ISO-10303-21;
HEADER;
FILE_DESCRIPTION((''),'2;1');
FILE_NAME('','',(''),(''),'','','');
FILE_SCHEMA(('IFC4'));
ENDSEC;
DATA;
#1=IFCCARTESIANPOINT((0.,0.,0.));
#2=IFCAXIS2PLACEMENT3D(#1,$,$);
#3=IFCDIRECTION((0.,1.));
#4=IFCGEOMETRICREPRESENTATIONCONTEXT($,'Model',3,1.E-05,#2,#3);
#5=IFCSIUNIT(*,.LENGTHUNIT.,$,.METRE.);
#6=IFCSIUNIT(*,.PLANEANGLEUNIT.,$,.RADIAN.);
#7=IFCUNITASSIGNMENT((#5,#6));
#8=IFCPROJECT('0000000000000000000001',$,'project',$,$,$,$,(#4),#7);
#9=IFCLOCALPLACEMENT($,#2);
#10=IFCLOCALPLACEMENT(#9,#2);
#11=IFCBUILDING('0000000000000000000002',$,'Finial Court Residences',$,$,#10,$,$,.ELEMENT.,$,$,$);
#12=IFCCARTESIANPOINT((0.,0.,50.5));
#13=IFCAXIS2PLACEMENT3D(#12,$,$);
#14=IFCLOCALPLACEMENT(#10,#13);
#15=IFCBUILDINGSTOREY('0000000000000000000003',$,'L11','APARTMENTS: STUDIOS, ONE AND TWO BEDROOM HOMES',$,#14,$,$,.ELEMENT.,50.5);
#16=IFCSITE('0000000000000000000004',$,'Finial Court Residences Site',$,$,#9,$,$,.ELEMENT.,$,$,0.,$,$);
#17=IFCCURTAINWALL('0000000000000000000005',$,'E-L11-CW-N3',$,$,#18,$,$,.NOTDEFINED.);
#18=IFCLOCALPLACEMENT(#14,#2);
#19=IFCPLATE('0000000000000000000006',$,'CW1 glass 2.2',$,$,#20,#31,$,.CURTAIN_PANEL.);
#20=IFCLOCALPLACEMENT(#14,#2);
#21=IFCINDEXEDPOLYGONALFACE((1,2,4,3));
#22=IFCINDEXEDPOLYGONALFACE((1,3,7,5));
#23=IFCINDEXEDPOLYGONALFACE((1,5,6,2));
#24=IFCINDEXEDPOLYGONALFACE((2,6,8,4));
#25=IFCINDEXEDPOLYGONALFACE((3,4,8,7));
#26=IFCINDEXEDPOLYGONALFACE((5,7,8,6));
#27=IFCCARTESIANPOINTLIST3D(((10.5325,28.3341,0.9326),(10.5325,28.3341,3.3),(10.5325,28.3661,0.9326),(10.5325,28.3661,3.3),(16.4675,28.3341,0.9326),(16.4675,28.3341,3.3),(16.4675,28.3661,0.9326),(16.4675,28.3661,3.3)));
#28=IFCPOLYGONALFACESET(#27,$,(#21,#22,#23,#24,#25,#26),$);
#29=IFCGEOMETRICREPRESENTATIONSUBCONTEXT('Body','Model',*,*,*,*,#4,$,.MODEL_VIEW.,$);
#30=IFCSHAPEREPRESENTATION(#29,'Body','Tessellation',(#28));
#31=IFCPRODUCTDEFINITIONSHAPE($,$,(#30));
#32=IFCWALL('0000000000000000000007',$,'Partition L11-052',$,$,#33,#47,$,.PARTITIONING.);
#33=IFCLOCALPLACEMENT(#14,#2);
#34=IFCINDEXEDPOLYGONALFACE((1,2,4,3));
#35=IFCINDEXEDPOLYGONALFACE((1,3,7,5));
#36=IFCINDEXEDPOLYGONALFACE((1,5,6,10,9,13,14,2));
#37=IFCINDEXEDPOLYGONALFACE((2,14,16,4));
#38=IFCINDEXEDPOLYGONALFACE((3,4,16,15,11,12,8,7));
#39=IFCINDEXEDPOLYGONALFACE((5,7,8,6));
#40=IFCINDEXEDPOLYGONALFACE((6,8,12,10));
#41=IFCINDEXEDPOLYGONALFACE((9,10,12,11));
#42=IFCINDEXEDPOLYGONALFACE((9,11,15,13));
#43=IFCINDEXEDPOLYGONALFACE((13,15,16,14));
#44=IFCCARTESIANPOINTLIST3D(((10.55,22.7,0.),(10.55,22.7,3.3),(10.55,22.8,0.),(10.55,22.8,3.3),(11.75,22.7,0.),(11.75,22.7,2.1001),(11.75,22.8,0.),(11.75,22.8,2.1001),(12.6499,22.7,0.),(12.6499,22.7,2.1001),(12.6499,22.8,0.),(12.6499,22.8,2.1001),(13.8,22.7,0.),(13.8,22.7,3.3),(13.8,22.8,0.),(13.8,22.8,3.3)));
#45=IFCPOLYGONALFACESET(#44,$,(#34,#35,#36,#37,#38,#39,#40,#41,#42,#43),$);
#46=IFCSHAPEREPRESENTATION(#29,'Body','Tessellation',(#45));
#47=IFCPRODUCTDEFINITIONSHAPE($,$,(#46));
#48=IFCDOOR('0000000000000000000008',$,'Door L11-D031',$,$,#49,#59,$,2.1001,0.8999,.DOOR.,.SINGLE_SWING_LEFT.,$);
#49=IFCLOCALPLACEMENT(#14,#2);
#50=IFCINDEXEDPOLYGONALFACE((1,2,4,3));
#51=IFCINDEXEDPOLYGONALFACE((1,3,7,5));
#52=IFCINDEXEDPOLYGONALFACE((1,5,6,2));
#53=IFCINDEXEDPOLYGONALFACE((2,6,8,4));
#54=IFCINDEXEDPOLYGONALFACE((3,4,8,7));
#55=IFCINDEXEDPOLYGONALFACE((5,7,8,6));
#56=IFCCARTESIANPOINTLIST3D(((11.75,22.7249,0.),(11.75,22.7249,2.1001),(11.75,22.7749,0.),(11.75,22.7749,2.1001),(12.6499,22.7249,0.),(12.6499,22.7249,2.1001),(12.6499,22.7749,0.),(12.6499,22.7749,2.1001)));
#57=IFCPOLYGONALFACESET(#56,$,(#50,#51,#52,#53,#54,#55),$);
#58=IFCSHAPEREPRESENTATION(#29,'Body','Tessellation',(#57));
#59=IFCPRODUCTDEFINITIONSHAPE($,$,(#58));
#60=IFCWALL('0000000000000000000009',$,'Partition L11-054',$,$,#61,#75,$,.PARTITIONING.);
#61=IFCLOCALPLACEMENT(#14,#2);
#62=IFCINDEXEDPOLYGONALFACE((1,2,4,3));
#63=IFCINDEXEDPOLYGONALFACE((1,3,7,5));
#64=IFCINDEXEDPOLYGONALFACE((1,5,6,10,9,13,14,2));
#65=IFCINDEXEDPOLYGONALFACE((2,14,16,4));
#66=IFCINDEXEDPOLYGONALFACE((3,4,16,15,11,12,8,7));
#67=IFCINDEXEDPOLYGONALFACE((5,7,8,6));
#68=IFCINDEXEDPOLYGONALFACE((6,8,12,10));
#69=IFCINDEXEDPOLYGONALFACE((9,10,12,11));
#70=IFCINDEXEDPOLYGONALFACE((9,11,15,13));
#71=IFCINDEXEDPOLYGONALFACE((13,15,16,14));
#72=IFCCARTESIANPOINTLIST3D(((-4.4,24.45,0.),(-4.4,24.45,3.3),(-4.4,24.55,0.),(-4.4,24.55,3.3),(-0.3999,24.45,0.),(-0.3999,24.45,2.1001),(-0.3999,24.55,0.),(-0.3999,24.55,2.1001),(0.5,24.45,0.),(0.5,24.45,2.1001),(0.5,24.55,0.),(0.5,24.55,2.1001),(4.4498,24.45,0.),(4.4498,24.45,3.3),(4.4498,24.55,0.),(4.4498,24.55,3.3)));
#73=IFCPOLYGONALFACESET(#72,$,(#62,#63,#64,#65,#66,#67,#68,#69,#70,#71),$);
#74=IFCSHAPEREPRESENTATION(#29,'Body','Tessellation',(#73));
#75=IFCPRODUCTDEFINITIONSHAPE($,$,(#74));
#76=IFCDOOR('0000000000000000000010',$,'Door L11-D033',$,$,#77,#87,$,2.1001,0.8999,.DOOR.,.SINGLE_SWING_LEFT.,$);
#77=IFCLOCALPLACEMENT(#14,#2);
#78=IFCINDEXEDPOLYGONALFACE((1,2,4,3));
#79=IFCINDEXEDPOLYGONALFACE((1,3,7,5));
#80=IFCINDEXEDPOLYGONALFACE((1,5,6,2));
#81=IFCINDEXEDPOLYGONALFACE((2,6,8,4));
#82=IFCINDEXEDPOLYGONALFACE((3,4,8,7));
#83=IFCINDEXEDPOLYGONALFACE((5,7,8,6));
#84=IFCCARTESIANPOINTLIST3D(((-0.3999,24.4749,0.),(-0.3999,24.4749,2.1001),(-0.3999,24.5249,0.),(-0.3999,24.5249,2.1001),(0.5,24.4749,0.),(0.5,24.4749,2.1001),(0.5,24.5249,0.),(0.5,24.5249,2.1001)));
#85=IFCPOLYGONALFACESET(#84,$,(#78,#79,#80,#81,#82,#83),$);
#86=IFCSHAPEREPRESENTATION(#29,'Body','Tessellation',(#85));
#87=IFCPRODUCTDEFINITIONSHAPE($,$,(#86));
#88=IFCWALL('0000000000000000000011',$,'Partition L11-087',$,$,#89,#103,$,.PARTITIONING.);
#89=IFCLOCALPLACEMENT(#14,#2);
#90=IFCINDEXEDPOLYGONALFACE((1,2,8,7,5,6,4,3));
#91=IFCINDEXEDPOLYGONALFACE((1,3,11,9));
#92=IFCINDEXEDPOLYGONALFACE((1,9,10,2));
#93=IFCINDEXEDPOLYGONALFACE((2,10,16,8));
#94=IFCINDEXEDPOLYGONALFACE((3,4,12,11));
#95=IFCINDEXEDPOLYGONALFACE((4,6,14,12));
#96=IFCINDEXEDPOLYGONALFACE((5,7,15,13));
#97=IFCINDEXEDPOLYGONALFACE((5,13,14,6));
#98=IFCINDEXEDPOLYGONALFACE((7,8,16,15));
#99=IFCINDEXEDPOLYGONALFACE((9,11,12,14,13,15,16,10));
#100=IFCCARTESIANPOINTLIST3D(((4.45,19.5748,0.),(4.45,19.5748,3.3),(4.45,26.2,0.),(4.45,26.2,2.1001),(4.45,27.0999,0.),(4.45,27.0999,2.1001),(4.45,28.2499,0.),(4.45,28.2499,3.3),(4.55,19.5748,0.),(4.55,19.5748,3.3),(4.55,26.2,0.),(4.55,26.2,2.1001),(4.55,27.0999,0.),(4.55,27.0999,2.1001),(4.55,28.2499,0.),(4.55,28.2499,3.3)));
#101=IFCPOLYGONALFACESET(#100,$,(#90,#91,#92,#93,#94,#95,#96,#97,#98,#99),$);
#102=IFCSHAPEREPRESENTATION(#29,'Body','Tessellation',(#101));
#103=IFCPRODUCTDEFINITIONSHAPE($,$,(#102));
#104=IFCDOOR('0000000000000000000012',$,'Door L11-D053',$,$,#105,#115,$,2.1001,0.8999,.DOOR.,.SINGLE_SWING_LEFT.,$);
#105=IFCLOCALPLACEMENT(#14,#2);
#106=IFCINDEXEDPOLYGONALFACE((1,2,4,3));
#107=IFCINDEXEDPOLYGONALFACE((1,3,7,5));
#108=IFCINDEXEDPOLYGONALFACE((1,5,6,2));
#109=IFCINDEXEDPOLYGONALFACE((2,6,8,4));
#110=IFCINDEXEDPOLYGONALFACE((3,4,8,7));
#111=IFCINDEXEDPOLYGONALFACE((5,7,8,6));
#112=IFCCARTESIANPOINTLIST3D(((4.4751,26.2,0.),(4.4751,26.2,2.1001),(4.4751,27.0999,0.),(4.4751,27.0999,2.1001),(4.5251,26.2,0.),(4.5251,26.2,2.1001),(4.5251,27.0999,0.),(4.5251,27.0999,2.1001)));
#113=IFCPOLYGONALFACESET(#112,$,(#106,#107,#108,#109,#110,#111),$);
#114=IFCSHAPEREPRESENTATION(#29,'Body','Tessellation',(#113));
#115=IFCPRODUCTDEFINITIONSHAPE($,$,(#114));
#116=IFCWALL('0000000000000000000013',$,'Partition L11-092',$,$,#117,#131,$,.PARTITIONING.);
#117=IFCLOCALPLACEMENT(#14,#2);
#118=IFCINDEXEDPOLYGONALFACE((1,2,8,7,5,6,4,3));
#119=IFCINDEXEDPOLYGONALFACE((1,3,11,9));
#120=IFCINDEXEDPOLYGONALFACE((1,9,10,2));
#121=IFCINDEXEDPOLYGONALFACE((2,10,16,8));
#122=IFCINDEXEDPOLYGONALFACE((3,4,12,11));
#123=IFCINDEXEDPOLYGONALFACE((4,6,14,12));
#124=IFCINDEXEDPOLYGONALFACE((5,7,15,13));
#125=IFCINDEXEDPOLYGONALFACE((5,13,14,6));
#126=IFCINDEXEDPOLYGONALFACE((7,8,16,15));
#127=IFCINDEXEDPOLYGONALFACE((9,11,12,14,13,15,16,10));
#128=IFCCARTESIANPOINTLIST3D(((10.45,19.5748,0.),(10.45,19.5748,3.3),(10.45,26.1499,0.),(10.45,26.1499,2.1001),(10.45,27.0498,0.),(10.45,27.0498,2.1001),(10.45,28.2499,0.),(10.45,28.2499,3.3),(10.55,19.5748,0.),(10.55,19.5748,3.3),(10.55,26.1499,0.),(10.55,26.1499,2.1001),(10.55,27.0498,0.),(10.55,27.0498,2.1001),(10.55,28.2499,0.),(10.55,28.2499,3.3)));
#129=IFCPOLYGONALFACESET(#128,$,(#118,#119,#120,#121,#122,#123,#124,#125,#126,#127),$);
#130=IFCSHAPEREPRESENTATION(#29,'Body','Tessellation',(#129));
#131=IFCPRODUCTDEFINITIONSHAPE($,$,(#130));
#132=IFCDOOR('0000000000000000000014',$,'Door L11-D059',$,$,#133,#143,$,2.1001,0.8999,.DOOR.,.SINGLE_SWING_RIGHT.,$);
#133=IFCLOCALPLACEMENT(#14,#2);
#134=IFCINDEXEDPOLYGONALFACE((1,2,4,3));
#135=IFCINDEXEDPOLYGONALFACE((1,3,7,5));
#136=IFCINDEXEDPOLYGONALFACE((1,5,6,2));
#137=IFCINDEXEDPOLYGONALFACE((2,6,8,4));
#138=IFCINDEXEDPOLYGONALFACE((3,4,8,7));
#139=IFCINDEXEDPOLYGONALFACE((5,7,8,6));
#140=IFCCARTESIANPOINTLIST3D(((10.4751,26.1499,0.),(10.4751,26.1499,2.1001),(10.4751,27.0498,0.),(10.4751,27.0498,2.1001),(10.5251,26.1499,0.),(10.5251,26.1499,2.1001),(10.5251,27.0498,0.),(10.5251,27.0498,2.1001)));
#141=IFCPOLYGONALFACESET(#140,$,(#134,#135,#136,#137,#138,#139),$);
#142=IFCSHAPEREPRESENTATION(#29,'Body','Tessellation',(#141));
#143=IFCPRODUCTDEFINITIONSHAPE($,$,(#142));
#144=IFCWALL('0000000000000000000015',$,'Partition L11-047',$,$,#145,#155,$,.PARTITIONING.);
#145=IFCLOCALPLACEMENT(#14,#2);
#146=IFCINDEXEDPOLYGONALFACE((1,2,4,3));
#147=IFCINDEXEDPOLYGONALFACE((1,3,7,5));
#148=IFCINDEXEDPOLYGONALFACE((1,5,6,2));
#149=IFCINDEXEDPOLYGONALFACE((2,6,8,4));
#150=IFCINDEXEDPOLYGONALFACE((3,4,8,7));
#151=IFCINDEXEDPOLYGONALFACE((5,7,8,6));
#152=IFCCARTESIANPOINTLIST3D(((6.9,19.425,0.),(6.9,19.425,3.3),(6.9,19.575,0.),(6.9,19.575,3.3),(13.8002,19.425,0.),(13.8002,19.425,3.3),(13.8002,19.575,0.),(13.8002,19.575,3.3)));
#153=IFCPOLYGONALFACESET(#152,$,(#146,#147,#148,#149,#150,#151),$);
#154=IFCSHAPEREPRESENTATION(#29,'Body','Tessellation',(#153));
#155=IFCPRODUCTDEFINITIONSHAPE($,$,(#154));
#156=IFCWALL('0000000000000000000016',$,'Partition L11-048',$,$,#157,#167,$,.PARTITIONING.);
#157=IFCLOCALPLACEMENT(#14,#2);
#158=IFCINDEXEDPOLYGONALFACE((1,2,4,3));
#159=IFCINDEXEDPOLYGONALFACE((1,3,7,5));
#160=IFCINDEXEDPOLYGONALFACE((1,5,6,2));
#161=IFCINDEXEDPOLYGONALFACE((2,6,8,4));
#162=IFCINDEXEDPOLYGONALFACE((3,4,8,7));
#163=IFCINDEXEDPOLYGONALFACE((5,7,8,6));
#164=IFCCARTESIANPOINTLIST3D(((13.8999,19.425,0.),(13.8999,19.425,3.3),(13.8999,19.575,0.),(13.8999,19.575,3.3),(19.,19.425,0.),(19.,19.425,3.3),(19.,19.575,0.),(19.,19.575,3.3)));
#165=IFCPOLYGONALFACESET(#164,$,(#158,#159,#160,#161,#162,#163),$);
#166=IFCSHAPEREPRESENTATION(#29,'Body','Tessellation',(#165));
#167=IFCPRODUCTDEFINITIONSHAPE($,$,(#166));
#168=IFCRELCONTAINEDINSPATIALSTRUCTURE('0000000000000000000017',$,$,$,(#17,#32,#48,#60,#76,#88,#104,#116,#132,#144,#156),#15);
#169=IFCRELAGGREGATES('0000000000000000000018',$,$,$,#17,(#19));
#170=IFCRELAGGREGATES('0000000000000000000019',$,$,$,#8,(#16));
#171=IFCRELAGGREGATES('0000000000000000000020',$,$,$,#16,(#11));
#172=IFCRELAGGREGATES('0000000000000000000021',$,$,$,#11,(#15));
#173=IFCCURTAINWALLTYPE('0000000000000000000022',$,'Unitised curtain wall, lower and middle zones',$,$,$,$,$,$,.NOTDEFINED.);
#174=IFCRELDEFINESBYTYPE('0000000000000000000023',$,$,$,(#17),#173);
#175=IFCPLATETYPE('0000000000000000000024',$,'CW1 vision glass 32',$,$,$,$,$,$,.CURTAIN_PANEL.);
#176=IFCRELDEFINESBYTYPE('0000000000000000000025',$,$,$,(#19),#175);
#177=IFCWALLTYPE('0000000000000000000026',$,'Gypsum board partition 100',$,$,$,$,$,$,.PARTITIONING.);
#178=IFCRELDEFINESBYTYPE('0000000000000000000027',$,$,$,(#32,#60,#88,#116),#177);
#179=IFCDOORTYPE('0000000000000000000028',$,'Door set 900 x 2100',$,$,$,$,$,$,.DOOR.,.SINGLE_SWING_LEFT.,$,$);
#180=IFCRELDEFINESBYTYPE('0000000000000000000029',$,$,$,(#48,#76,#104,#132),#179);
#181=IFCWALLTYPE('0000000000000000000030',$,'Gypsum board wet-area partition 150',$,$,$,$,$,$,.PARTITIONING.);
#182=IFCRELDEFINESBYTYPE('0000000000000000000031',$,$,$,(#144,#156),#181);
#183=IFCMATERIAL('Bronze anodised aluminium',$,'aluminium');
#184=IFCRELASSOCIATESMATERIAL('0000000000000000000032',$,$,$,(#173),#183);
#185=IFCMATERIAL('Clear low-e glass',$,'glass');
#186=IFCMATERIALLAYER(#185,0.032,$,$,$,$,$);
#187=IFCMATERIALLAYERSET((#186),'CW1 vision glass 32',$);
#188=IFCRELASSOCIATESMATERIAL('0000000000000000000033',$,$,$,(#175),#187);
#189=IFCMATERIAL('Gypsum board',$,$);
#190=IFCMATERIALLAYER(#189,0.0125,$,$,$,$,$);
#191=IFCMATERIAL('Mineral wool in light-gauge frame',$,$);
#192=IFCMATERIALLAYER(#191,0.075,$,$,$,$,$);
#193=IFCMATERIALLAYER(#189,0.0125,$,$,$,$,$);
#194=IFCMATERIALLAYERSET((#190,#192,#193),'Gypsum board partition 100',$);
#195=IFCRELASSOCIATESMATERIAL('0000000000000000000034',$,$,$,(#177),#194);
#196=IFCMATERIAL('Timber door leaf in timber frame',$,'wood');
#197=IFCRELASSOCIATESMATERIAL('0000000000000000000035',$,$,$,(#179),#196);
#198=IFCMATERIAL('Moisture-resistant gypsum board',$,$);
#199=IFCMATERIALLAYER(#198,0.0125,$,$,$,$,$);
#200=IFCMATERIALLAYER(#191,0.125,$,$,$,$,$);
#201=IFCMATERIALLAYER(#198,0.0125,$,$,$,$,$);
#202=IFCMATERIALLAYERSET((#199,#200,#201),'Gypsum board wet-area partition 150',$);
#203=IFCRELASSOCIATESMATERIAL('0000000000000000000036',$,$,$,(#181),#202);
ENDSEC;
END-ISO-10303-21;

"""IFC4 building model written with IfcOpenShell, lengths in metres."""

from ifc_helpers import new_model, si_unit, direction, frame, frame_2d, origin, origin_2d, place, context, subcontext, project, spatial, rectangle, extrude, material, layer, layer_set, type_object, element, fill, aggregate, save


model = new_model("IFC4")

# Units and contexts
model_context = context("Model", 3, precision=1e-05, world=origin(), true_north=direction((0.0, 1.0)))
body_context = subcontext(model_context, "Body", "Model", "MODEL_VIEW")
ifc_project = project(units=[si_unit("LENGTHUNIT", "METRE"), si_unit("PLANEANGLEUNIT", "RADIAN")], contexts=[model_context])

# Site, building, storey
site_placement = place(None, origin())
site = spatial("IfcSite", under=ifc_project, at=site_placement, Name="Finial Court Residences Site", CompositionType="ELEMENT", RefElevation=0.0)
building_placement = place(site_placement, origin())
building = spatial("IfcBuilding", under=site, at=building_placement, Name="Finial Court Residences", CompositionType="ELEMENT")
storey_placement = place(building_placement, frame((0.0, 0.0, 50.5)))
storey = spatial("IfcBuildingStorey", under=building, at=storey_placement, Name="L11", Description="APARTMENTS: STUDIOS, ONE AND TWO BEDROOM HOMES", CompositionType="ELEMENT", Elevation=50.5)

# Shared definitions
ifc_material_1 = material(Name="Bronze anodised aluminium", Category="aluminium")
curtain_wall_type = type_object("IfcCurtainWallType", Name="Unitised curtain wall, lower and middle zones", PredefinedType="NOTDEFINED", material=ifc_material_1)

# Curtain wall
curtain_wall_1_placement = place(storey_placement, origin())
curtain_wall_1 = element("IfcCurtainWall", 1, at=curtain_wall_1_placement, inside=storey, type_object=curtain_wall_type, Name="E-L11-CW-N3", PredefinedType="NOTDEFINED")

# Plate
ifc_material_2 = material(Name="Clear low-e glass", Category="glass")
ifc_layer_1 = layer(ifc_material_2, 0.032)
ifc_layer_set_1 = layer_set([ifc_layer_1], Name="CW1 vision glass 32")
plate_type_1 = type_object("IfcPlateType", Name="CW1 vision glass 32", PredefinedType="CURTAIN_PANEL", material=ifc_layer_set_1)
plate_1_placement = place(storey_placement, frame((13.5, 28.3501, 0.9326), z_axis=(0.0, 0.0, 1.0), x_axis=(1.0, 0.0, 0.0)))
plate_1 = element("IfcPlate", 2, at=plate_1_placement, type_object=plate_type_1, Name="CW1 glass 2.2", PredefinedType="CURTAIN_PANEL", context=body_context, shape_type="SweptSolid", body=[
    extrude(rectangle(XDim=5.9351, YDim=0.032, at=origin_2d()), origin(), (0.0, 0.0, 1.0), 2.3674),
])
aggregate(curtain_wall_1, [plate_1])

# Walls, openings, doors
ifc_material_3 = material(Name="Gypsum board")
ifc_layer_2 = layer(ifc_material_3, 0.0125)
ifc_material_4 = material(Name="Mineral wool in light-gauge frame")
ifc_layer_3 = layer(ifc_material_4, 0.075)
ifc_layer_4 = layer(ifc_material_3, 0.0125)
ifc_layer_set_2 = layer_set([ifc_layer_2, ifc_layer_3, ifc_layer_4], Name="Gypsum board partition 100")
wall_type_1 = type_object("IfcWallType", Name="Gypsum board partition 100", PredefinedType="PARTITIONING", material=ifc_layer_set_2)
wall_1_placement = place(storey_placement, frame((10.55, 22.75, 0.0), z_axis=(0.0, 0.0, 1.0), x_axis=(1.0, 0.0, 0.0)))
wall_1 = element("IfcWall", 3, at=wall_1_placement, inside=storey, type_object=wall_type_1, Name="Partition L11-052", PredefinedType="PARTITIONING", context=body_context, shape_type="SweptSolid", body=[
    extrude(rectangle(XDim=3.25, YDim=0.1001, at=frame_2d((1.625, 0.0))), origin(), (0.0, 0.0, 1.0), 3.3),
])
opening_1_placement = place(wall_1_placement, frame((1.2, 0.0, 0.0)))
opening_1 = element("IfcOpeningElement", 4, at=opening_1_placement, cuts=wall_1, PredefinedType="OPENING", context=body_context, shape_type="SweptSolid", body=[
    extrude(rectangle(XDim=0.8999, YDim=2.1001, at=frame_2d((0.45, 1.05))), frame((0.0, 0.0601, 0.0), z_axis=(0.0, -1.0, 0.0), x_axis=(1.0, 0.0, 0.0)), (0.0, 0.0, 1.0), 0.1201),
])
ifc_material_5 = material(Name="Timber door leaf in timber frame", Category="wood")
door_type = type_object("IfcDoorType", Name="Door set 900 x 2100", OperationType="SINGLE_SWING_LEFT", PredefinedType="DOOR", material=ifc_material_5)
door_1_placement = place(opening_1_placement, origin())
door_1 = element("IfcDoor", 5, at=door_1_placement, inside=storey, type_object=door_type, Name="Door L11-D031", OperationType="SINGLE_SWING_LEFT", OverallHeight=2.1001, OverallWidth=0.8999, PredefinedType="DOOR", context=body_context, shape_type="SweptSolid", body=[
    extrude(rectangle(XDim=0.8999, YDim=2.1001, at=frame_2d((0.45, 1.05))), frame((0.0, 0.0249, 0.0), z_axis=(0.0, -1.0, 0.0), x_axis=(1.0, 0.0, 0.0)), (0.0, 0.0, 1.0), 0.05),
])
fill(opening_1, door_1)
wall_2_placement = place(storey_placement, frame((-4.3999, 24.5, 0.0), z_axis=(0.0, 0.0, 1.0), x_axis=(1.0, 0.0, 0.0)))
wall_2 = element("IfcWall", 6, at=wall_2_placement, inside=storey, type_object=wall_type_1, Name="Partition L11-054", PredefinedType="PARTITIONING", context=body_context, shape_type="SweptSolid", body=[
    extrude(rectangle(XDim=8.8499, YDim=0.1001, at=frame_2d((4.4248, 0.0))), origin(), (0.0, 0.0, 1.0), 3.3),
])
opening_2_placement = place(wall_2_placement, frame((4.0, 0.0, 0.0)))
opening_2 = element("IfcOpeningElement", 7, at=opening_2_placement, cuts=wall_2, PredefinedType="OPENING", context=body_context, shape_type="SweptSolid", body=[
    extrude(rectangle(XDim=0.8999, YDim=2.1001, at=frame_2d((0.45, 1.05))), frame((0.0, 0.0601, 0.0), z_axis=(0.0, -1.0, 0.0), x_axis=(1.0, 0.0, 0.0)), (0.0, 0.0, 1.0), 0.1201),
])
door_2_placement = place(opening_2_placement, origin())
door_2 = element("IfcDoor", 8, at=door_2_placement, inside=storey, type_object=door_type, Name="Door L11-D033", OperationType="SINGLE_SWING_LEFT", OverallHeight=2.1001, OverallWidth=0.8999, PredefinedType="DOOR", context=body_context, shape_type="SweptSolid", body=[
    extrude(rectangle(XDim=0.8999, YDim=2.1001, at=frame_2d((0.45, 1.05))), frame((0.0, 0.0249, 0.0), z_axis=(0.0, -1.0, 0.0), x_axis=(1.0, 0.0, 0.0)), (0.0, 0.0, 1.0), 0.05),
])
fill(opening_2, door_2)
wall_3_placement = place(storey_placement, frame((4.5, 19.575, 0.0), z_axis=(0.0, 0.0, 1.0), x_axis=(0.0, 1.0, 0.0)))
wall_3 = element("IfcWall", 9, at=wall_3_placement, inside=storey, type_object=wall_type_1, Name="Partition L11-087", PredefinedType="PARTITIONING", context=body_context, shape_type="SweptSolid", body=[
    extrude(rectangle(XDim=8.675, YDim=0.1001, at=frame_2d((4.3374, 0.0))), origin(), (0.0, 0.0, 1.0), 3.3),
])
opening_3_placement = place(wall_3_placement, frame((6.625, 0.0, 0.0)))
opening_3 = element("IfcOpeningElement", 10, at=opening_3_placement, cuts=wall_3, PredefinedType="OPENING", context=body_context, shape_type="SweptSolid", body=[
    extrude(rectangle(XDim=0.8999, YDim=2.1001, at=frame_2d((0.45, 1.05))), frame((0.0, 0.0601, 0.0), z_axis=(0.0, -1.0, 0.0), x_axis=(1.0, 0.0, 0.0)), (0.0, 0.0, 1.0), 0.1201),
])
door_3_placement = place(opening_3_placement, origin())
door_3 = element("IfcDoor", 11, at=door_3_placement, inside=storey, type_object=door_type, Name="Door L11-D053", OperationType="SINGLE_SWING_LEFT", OverallHeight=2.1001, OverallWidth=0.8999, PredefinedType="DOOR", context=body_context, shape_type="SweptSolid", body=[
    extrude(rectangle(XDim=0.8999, YDim=2.1001, at=frame_2d((0.45, 1.05))), frame((0.0, 0.0249, 0.0), z_axis=(0.0, -1.0, 0.0), x_axis=(1.0, 0.0, 0.0)), (0.0, 0.0, 1.0), 0.05),
])
fill(opening_3, door_3)
wall_4_placement = place(storey_placement, frame((10.5, 19.575, 0.0), z_axis=(0.0, 0.0, 1.0), x_axis=(0.0, 1.0, 0.0)))
wall_4 = element("IfcWall", 12, at=wall_4_placement, inside=storey, type_object=wall_type_1, Name="Partition L11-092", PredefinedType="PARTITIONING", context=body_context, shape_type="SweptSolid", body=[
    extrude(rectangle(XDim=8.675, YDim=0.1001, at=frame_2d((4.3374, 0.0))), origin(), (0.0, 0.0, 1.0), 3.3),
])
opening_4_placement = place(wall_4_placement, frame((6.575, 0.0, 0.0)))
opening_4 = element("IfcOpeningElement", 13, at=opening_4_placement, cuts=wall_4, PredefinedType="OPENING", context=body_context, shape_type="SweptSolid", body=[
    extrude(rectangle(XDim=0.8999, YDim=2.1001, at=frame_2d((0.45, 1.05))), frame((0.0, 0.0601, 0.0), z_axis=(0.0, -1.0, 0.0), x_axis=(1.0, 0.0, 0.0)), (0.0, 0.0, 1.0), 0.1201),
])
door_4_placement = place(opening_4_placement, origin())
door_4 = element("IfcDoor", 14, at=door_4_placement, inside=storey, type_object=door_type, Name="Door L11-D059", OperationType="SINGLE_SWING_RIGHT", OverallHeight=2.1001, OverallWidth=0.8999, PredefinedType="DOOR", context=body_context, shape_type="SweptSolid", body=[
    extrude(rectangle(XDim=0.8999, YDim=2.1001, at=frame_2d((0.45, 1.05))), frame((0.0, 0.0249, 0.0), z_axis=(0.0, -1.0, 0.0), x_axis=(1.0, 0.0, 0.0)), (0.0, 0.0, 1.0), 0.05),
])
fill(opening_4, door_4)

# Walls
ifc_material_6 = material(Name="Moisture-resistant gypsum board")
ifc_layer_5 = layer(ifc_material_6, 0.0125)
ifc_layer_6 = layer(ifc_material_4, 0.125)
ifc_layer_7 = layer(ifc_material_6, 0.0125)
ifc_layer_set_3 = layer_set([ifc_layer_5, ifc_layer_6, ifc_layer_7], Name="Gypsum board wet-area partition 150")
wall_type_2 = type_object("IfcWallType", Name="Gypsum board wet-area partition 150", PredefinedType="PARTITIONING", material=ifc_layer_set_3)
wall_5_placement = place(storey_placement, frame((6.8999, 19.5, 0.0), z_axis=(0.0, 0.0, 1.0), x_axis=(1.0, 0.0, 0.0)))
element("IfcWall", 15, at=wall_5_placement, inside=storey, type_object=wall_type_2, Name="Partition L11-047", PredefinedType="PARTITIONING", context=body_context, shape_type="SweptSolid", body=[
    extrude(rectangle(XDim=6.9001, YDim=0.1499, at=frame_2d((3.4502, 0.0))), origin(), (0.0, 0.0, 1.0), 3.3),
])
wall_6_placement = place(storey_placement, frame((13.8999, 19.5, 0.0), z_axis=(0.0, 0.0, 1.0), x_axis=(1.0, 0.0, 0.0)))
element("IfcWall", 16, at=wall_6_placement, inside=storey, type_object=wall_type_2, Name="Partition L11-048", PredefinedType="PARTITIONING", context=body_context, shape_type="SweptSolid", body=[
    extrude(rectangle(XDim=5.1001, YDim=0.1499, at=frame_2d((2.55, 0.0))), origin(), (0.0, 0.0, 1.0), 3.3),
])

save(model, "model.ifc")
